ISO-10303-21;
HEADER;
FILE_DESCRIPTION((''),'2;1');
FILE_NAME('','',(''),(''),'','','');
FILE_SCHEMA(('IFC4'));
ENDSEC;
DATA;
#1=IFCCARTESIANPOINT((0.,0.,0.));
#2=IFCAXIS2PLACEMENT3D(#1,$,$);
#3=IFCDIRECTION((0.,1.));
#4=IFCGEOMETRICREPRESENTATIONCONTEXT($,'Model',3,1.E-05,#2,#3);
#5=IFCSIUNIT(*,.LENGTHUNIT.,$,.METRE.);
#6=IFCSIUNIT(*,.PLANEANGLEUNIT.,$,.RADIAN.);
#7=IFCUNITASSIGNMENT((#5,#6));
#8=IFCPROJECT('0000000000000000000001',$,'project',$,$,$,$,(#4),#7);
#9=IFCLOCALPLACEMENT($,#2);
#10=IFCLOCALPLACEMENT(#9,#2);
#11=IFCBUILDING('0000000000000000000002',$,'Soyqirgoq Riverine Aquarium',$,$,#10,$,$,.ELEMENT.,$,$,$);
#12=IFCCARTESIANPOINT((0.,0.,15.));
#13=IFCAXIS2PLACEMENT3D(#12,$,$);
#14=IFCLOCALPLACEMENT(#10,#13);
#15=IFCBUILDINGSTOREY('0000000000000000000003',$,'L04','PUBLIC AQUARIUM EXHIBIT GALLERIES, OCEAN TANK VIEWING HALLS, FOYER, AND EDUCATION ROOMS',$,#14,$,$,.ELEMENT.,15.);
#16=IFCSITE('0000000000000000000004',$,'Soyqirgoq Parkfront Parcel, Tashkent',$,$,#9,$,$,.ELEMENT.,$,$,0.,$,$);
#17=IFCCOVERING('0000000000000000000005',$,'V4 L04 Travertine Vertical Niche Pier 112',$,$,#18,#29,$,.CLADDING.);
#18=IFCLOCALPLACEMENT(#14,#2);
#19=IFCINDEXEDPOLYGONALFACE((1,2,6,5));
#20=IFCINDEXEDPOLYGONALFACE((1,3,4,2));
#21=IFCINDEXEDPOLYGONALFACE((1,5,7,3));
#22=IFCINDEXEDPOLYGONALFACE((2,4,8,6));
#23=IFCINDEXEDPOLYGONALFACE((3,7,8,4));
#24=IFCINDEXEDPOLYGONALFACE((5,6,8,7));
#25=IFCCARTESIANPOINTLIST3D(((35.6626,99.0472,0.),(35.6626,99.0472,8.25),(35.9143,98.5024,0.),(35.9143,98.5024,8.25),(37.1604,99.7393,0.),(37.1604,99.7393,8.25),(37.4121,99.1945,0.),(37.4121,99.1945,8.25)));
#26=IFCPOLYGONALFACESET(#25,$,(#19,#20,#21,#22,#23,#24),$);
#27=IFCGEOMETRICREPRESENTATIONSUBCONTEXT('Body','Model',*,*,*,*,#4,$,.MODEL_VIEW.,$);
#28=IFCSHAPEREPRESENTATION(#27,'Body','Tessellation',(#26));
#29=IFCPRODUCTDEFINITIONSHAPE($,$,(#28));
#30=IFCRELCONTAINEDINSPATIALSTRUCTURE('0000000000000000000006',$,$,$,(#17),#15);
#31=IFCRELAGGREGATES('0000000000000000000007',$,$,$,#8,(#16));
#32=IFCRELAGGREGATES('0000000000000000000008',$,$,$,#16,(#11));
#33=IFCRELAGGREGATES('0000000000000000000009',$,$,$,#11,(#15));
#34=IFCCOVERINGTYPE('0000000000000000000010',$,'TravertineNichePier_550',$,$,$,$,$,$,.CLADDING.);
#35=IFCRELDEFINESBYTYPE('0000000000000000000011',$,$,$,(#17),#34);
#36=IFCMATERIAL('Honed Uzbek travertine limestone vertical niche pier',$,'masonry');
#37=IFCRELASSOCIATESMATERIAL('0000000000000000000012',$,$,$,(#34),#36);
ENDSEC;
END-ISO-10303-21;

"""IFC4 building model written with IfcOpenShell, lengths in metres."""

from ifc_helpers import new_model, si_unit, direction, frame, origin, origin_2d, place, context, subcontext, project, spatial, rectangle, extrude, material, type_object, element, save


model = new_model("IFC4")

# Units and contexts
model_context = context("Model", 3, precision=1e-05, world=origin(), true_north=direction((0.0, 1.0)))
body_context = subcontext(model_context, "Body", "Model", "MODEL_VIEW")
ifc_project = project(units=[si_unit("LENGTHUNIT", "METRE"), si_unit("PLANEANGLEUNIT", "RADIAN")], contexts=[model_context])

# Site, building, storey
site_placement = place(None, origin())
site = spatial("IfcSite", under=ifc_project, at=site_placement, Name="Soyqirgoq Parkfront Parcel, Tashkent", CompositionType="ELEMENT", RefElevation=0.0)
building_placement = place(site_placement, origin())
building = spatial("IfcBuilding", under=site, at=building_placement, Name="Soyqirgoq Riverine Aquarium", CompositionType="ELEMENT")
storey_placement = place(building_placement, frame((0.0, 0.0, 15.0)))
storey = spatial("IfcBuildingStorey", under=building, at=storey_placement, Name="L04", Description="PUBLIC AQUARIUM EXHIBIT GALLERIES, OCEAN TANK VIEWING HALLS, FOYER, AND EDUCATION ROOMS", CompositionType="ELEMENT", Elevation=15.0)

# Covering
ifc_material_1 = material(Name="Honed Uzbek travertine limestone vertical niche pier", Category="masonry")
covering_type = type_object("IfcCoveringType", Name="TravertineNichePier_550", PredefinedType="CLADDING", material=ifc_material_1)
for number, where, z_axis, x_axis, name in (
    (1, (36.5374, 99.1208, 0.0), (0.0, 0.0, 1.0), (-0.419452, 0.907777, 0.0), "V4 L04 Travertine Vertical Niche Pier 112"),
):
    element("IfcCovering", number, at=place(storey_placement, frame(where, z_axis=z_axis, x_axis=x_axis)), inside=storey, type_object=covering_type, Name=name, PredefinedType="CLADDING", context=body_context, shape_type="SweptSolid", body=[
        extrude(rectangle(XDim=0.6001, YDim=1.6499, at=origin_2d()), origin(), (0.0, 0.0, 1.0), 8.25),
    ])

save(model, "model.ifc")
